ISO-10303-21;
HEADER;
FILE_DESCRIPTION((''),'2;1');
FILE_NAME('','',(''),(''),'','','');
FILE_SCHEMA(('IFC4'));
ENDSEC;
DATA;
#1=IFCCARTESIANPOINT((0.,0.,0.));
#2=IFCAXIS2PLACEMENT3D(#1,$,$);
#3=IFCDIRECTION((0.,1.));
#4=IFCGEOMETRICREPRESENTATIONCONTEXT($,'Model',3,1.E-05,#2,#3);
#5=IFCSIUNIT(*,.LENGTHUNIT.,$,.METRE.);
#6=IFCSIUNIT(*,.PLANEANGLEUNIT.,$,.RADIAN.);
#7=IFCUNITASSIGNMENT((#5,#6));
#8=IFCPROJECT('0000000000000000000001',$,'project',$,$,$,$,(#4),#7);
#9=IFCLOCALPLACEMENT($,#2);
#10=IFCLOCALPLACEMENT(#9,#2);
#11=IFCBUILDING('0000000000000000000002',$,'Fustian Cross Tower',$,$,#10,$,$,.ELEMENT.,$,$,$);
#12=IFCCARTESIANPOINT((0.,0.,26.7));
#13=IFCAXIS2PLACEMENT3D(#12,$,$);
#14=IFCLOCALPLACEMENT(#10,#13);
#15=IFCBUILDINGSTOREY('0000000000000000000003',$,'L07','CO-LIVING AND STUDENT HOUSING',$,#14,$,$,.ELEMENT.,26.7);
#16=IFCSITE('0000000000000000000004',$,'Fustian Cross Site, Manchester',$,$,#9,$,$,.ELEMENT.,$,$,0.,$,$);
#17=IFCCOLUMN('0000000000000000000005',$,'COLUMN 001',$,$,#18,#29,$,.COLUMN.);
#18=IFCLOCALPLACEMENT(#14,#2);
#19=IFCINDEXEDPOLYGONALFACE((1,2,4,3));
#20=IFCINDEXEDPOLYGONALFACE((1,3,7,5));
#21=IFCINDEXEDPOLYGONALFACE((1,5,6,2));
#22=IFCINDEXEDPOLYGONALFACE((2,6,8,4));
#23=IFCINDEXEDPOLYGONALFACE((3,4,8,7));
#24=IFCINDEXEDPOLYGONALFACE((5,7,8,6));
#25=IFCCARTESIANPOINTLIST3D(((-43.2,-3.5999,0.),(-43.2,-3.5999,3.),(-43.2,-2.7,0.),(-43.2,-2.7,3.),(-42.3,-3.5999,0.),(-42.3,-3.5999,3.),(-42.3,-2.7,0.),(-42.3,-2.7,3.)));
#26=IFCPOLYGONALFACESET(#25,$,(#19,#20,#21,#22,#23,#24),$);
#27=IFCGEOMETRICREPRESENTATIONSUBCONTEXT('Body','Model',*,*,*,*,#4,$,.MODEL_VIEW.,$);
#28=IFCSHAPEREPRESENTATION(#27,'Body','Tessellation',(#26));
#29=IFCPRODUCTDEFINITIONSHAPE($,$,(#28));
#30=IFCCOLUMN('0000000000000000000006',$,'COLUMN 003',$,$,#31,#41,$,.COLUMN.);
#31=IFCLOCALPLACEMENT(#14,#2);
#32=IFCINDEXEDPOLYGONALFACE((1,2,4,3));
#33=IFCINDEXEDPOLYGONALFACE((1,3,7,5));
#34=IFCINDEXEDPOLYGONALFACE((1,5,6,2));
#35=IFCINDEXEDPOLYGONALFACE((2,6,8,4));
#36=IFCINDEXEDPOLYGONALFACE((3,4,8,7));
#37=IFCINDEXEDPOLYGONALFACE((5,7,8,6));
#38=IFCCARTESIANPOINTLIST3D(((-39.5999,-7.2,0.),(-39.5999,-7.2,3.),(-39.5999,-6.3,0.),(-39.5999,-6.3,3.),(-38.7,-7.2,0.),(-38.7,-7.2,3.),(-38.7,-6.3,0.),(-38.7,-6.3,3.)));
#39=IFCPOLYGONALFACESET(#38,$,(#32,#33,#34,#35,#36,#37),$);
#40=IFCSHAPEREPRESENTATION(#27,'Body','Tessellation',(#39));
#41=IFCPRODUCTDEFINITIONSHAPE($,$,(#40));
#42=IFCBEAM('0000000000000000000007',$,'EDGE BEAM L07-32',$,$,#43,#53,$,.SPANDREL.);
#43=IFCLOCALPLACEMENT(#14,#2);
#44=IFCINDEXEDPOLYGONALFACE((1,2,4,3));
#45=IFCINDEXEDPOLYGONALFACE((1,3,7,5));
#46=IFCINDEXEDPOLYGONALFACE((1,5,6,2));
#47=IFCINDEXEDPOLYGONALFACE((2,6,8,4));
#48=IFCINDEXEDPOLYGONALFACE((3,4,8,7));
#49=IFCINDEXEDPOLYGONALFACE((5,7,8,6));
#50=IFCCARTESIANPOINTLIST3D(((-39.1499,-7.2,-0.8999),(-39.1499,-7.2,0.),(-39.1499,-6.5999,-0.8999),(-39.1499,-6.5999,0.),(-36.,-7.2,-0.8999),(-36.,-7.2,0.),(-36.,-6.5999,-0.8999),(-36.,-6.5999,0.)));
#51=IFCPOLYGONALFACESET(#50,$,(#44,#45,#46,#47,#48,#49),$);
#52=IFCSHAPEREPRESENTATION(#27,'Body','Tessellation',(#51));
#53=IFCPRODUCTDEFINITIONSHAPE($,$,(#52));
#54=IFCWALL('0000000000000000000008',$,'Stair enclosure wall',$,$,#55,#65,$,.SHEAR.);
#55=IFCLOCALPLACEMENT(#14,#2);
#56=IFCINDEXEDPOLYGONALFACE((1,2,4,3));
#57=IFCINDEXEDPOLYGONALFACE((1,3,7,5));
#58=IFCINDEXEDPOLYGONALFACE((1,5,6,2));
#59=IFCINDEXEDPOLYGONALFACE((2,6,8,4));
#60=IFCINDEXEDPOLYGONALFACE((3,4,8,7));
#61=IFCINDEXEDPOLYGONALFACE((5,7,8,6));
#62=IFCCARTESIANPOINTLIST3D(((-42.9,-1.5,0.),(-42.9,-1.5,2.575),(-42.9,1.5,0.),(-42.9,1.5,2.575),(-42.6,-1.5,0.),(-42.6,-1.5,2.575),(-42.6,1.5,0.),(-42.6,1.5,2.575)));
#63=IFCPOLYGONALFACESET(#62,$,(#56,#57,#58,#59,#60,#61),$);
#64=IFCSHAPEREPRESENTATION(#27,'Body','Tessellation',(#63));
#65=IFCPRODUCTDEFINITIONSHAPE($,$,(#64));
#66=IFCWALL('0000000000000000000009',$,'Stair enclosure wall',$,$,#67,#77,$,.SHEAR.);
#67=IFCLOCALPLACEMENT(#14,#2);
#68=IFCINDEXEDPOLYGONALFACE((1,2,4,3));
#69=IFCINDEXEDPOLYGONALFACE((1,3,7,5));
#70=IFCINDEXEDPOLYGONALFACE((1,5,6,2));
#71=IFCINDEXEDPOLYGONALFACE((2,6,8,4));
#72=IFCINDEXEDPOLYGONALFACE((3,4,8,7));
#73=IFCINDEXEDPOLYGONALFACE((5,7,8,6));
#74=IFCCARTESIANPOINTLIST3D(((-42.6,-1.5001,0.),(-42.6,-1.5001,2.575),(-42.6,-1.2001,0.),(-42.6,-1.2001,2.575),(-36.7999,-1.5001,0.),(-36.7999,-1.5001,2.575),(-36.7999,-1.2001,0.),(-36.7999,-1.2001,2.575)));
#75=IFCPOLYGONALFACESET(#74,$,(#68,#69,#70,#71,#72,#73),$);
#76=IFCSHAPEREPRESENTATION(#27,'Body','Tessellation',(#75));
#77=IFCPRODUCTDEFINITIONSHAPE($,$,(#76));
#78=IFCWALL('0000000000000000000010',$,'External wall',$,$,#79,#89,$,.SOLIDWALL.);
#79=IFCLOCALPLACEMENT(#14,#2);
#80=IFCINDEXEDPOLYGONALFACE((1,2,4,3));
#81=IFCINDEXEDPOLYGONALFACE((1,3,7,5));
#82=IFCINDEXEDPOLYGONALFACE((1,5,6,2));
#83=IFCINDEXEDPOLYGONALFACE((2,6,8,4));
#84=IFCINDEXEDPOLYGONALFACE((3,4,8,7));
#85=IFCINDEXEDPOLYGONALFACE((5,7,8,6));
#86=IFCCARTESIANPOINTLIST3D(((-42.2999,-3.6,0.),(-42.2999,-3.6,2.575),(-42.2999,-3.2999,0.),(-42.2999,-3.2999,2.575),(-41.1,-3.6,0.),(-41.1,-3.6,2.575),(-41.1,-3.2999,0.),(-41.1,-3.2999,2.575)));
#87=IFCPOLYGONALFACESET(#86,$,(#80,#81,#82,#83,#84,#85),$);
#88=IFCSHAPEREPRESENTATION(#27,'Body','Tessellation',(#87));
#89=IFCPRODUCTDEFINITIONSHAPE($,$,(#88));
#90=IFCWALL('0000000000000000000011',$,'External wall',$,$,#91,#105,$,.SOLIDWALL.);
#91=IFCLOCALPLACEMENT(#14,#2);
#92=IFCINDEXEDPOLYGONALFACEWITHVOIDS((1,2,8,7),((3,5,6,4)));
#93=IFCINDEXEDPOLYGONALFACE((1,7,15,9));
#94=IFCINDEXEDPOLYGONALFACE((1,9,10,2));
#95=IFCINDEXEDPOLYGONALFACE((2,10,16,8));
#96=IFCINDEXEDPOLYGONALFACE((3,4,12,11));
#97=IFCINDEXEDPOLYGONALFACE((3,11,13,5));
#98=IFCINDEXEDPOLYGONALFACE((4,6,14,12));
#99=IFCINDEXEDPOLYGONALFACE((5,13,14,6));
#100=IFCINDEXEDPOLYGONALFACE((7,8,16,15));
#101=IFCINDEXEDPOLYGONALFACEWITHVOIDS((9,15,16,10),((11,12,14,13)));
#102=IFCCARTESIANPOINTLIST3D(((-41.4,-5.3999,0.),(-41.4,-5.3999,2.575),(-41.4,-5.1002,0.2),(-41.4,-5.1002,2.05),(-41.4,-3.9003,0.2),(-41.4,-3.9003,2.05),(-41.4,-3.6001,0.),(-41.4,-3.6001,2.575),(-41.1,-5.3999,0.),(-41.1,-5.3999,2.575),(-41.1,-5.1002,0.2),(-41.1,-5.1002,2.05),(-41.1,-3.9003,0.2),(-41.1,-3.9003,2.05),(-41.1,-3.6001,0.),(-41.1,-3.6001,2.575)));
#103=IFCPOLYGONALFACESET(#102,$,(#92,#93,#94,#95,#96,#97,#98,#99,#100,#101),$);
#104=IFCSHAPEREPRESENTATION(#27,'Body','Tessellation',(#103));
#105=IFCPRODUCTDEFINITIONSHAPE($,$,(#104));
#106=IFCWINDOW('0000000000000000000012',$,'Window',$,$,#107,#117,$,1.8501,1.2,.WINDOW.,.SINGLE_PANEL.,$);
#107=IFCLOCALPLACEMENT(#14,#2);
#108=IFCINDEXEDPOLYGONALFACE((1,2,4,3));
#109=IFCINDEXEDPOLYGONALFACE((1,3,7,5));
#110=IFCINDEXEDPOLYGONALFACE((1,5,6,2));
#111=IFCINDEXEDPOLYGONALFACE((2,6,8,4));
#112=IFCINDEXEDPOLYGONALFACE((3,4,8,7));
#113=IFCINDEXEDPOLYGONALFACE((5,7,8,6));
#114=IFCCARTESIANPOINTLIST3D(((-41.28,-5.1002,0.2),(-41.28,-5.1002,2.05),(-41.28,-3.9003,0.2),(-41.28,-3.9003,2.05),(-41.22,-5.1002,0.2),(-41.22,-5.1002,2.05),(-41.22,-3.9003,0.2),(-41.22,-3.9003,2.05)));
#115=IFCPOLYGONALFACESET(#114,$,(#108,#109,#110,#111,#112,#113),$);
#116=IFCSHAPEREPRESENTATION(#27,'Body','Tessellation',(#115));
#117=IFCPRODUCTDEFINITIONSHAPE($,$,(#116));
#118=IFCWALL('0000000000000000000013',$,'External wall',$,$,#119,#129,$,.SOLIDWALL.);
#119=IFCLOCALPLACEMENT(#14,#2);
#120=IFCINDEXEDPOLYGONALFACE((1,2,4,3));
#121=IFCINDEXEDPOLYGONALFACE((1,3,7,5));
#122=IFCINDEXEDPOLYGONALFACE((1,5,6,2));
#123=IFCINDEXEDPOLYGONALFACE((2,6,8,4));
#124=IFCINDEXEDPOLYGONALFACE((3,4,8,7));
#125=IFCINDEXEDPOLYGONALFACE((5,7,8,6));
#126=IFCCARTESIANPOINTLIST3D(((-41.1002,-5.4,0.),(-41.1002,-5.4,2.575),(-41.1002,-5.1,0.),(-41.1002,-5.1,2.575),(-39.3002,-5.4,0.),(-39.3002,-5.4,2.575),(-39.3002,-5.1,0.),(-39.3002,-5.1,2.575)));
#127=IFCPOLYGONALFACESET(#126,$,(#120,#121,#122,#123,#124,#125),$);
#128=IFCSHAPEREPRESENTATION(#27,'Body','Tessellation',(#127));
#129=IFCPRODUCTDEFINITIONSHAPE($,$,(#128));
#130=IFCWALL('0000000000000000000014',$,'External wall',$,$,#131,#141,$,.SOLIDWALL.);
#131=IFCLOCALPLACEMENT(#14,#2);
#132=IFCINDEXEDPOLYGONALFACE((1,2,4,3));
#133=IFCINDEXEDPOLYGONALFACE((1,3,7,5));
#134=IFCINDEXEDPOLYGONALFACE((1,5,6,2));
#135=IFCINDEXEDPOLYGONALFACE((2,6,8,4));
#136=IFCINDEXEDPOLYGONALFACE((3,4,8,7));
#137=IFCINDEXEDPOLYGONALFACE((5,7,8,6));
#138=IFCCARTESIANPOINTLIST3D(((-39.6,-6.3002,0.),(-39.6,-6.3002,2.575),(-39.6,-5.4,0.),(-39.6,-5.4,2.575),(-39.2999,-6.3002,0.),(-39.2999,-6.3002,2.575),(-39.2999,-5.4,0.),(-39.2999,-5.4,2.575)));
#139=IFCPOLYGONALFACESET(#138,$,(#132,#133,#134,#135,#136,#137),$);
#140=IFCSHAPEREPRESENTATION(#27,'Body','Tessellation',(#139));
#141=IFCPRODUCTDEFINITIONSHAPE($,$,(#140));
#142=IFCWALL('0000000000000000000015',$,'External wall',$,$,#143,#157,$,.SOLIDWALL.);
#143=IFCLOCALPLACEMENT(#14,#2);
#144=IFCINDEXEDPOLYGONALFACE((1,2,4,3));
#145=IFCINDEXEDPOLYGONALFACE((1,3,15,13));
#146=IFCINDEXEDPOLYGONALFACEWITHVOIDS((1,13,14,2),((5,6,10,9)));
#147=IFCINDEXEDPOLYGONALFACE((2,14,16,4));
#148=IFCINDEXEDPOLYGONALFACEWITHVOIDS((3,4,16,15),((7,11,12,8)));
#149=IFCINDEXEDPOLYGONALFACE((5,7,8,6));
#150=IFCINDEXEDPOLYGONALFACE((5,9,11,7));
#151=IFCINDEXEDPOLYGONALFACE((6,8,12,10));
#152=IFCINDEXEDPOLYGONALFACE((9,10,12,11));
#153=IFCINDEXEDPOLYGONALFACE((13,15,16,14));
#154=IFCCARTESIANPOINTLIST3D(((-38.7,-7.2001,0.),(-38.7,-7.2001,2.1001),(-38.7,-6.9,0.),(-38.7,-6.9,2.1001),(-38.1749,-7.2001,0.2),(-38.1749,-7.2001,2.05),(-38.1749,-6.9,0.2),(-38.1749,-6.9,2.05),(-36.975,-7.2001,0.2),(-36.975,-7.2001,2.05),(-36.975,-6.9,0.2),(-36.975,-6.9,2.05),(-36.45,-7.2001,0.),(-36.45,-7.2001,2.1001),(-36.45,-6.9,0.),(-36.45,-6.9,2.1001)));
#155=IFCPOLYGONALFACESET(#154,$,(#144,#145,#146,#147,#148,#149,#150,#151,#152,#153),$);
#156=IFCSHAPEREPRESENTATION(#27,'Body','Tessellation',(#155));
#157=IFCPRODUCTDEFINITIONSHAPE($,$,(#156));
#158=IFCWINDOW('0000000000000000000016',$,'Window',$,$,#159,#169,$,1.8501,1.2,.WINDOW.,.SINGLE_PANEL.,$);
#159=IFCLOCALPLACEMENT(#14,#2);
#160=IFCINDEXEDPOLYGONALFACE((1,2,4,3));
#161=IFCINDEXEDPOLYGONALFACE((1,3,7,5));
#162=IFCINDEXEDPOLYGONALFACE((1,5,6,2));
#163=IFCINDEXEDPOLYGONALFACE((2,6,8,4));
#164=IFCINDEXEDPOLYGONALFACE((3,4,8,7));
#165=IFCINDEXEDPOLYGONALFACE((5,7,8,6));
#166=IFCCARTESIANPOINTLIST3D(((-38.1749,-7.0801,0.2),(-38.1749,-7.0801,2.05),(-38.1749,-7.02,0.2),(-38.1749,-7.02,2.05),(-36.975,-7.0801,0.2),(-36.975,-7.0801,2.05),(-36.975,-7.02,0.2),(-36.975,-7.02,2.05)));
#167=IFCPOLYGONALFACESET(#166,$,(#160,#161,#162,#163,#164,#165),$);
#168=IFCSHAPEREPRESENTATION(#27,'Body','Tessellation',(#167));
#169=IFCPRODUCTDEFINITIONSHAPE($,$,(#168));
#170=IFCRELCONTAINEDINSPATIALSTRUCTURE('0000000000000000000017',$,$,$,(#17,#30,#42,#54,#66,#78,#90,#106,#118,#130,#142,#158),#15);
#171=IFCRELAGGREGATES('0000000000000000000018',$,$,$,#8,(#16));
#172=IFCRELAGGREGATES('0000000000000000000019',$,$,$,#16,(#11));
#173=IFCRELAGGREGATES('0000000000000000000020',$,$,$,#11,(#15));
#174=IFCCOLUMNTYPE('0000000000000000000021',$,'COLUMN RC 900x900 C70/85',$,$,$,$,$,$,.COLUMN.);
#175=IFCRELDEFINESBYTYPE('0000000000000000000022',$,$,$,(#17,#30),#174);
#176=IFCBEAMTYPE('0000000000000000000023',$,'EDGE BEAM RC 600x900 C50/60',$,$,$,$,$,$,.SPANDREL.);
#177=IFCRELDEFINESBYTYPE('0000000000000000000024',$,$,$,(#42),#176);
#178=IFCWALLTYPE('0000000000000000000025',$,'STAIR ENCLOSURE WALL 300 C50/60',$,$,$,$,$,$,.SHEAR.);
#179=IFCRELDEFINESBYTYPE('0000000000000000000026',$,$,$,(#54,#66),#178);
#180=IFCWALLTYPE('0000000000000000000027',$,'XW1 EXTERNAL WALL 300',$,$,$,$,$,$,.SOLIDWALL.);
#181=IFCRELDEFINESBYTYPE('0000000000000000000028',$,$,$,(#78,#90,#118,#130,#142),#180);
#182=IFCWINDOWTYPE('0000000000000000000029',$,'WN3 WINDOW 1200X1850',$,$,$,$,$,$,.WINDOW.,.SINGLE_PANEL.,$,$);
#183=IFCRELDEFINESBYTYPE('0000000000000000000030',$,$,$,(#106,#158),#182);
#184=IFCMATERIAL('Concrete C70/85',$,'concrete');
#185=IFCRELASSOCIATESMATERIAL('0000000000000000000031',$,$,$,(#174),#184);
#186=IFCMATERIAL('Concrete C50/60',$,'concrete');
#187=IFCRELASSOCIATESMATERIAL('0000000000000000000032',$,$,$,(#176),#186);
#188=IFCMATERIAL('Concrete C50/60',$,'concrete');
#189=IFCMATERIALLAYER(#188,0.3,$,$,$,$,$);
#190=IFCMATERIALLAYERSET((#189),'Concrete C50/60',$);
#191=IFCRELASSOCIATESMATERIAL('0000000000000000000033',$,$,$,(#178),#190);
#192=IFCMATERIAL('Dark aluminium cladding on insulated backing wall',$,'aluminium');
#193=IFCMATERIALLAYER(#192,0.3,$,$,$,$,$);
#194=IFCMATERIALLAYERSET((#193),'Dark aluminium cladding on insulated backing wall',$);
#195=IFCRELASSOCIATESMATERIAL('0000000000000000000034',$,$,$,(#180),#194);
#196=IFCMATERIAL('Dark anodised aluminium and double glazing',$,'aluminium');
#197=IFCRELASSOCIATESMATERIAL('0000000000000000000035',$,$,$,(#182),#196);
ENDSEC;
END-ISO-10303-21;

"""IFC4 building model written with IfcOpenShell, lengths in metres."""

from ifc_helpers import new_model, si_unit, direction, frame, frame_2d, origin, origin_2d, place, context, subcontext, project, spatial, rectangle, extrude, material, layer, layer_set, material_profile, profile_set, type_object, element, fill, save


model = new_model("IFC4")

# Units and contexts
model_context = context("Model", 3, precision=1e-05, world=origin(), true_north=direction((0.0, 1.0)))
body_context = subcontext(model_context, "Body", "Model", "MODEL_VIEW")
ifc_project = project(units=[si_unit("LENGTHUNIT", "METRE"), si_unit("PLANEANGLEUNIT", "RADIAN")], contexts=[model_context])

# Site, building, storey
site_placement = place(None, origin())
site = spatial("IfcSite", under=ifc_project, at=site_placement, Name="Fustian Cross Site, Manchester", CompositionType="ELEMENT", RefElevation=0.0)
building_placement = place(site_placement, origin())
building = spatial("IfcBuilding", under=site, at=building_placement, Name="Fustian Cross Tower", CompositionType="ELEMENT")
storey_placement = place(building_placement, frame((0.0, 0.0, 26.7)))
storey = spatial("IfcBuildingStorey", under=building, at=storey_placement, Name="L07", Description="CO-LIVING AND STUDENT HOUSING", CompositionType="ELEMENT", Elevation=26.7)

# Columns
ifc_material_1 = material(Name="Concrete C70/85", Category="concrete")
ifc_material_profile_1 = material_profile(ifc_material_1, rectangle(XDim=0.8999, YDim=0.8999, at=origin_2d()), Name="RC 900x900")
ifc_profile_set_1 = profile_set([ifc_material_profile_1], Name="Concrete C70/85")
column_type = type_object("IfcColumnType", Name="COLUMN RC 900x900 C70/85", PredefinedType="COLUMN", material=ifc_profile_set_1)
for number, where, z_axis, x_axis, name in (
    (1, (-42.75, -3.1499, 0.0), (0.0, 0.0, 1.0), (1.0, 0.0, 0.0), "COLUMN 001"),
    (2, (-39.1499, -6.75, 0.0), (0.0, 0.0, 1.0), (1.0, 0.0, 0.0), "COLUMN 003"),
):
    element("IfcColumn", number, at=place(storey_placement, frame(where, z_axis=z_axis, x_axis=x_axis)), inside=storey, type_object=column_type, Name=name, PredefinedType="COLUMN", context=body_context, shape_type="SweptSolid", body=[
        extrude(rectangle(XDim=0.8999, YDim=0.8999, at=origin_2d()), origin(), (0.0, 0.0, 1.0), 3.0),
    ])

# Beam
ifc_material_2 = material(Name="Concrete C50/60", Category="concrete")
ifc_material_profile_2 = material_profile(ifc_material_2, rectangle(XDim=0.6001, YDim=0.8999, at=origin_2d()), Name="RC 600x900")
ifc_profile_set_2 = profile_set([ifc_material_profile_2], Name="Concrete C50/60")
beam_type = type_object("IfcBeamType", Name="EDGE BEAM RC 600x900 C50/60", PredefinedType="SPANDREL", material=ifc_profile_set_2)
beam_placement = place(storey_placement, frame((-39.1499, -6.8999, -0.45), z_axis=(1.0, 0.0, 0.0), x_axis=(0.0, 1.0, 0.0)))
element("IfcBeam", 3, at=beam_placement, inside=storey, type_object=beam_type, Name="EDGE BEAM L07-32", PredefinedType="SPANDREL", context=body_context, shape_type="SweptSolid", body=[
    extrude(rectangle(XDim=0.6001, YDim=0.8999, at=origin_2d()), origin(), (0.0, 0.0, 1.0), 3.1499),
])

# Walls
ifc_material_3 = material(Name="Concrete C50/60", Category="concrete")
ifc_layer_1 = layer(ifc_material_3, 0.3)
ifc_layer_set_1 = layer_set([ifc_layer_1], Name="Concrete C50/60")
wall_type_1 = type_object("IfcWallType", Name="STAIR ENCLOSURE WALL 300 C50/60", PredefinedType="SHEAR", material=ifc_layer_set_1)
wall_1_placement = place(storey_placement, frame((-42.75, -1.5, 0.0), z_axis=(0.0, 0.0, 1.0), x_axis=(0.0, 1.0, 0.0)))
element("IfcWall", 4, at=wall_1_placement, inside=storey, type_object=wall_type_1, Name="Stair enclosure wall", PredefinedType="SHEAR", context=body_context, shape_type="SweptSolid", body=[
    extrude(rectangle(XDim=3.0, YDim=0.3, at=frame_2d((1.5, 0.0))), origin(), (0.0, 0.0, 1.0), 2.575),
])
wall_2_placement = place(storey_placement, frame((-36.8, -1.3501, 0.0), z_axis=(0.0, 0.0, 1.0), x_axis=(-1.0, 0.0, 0.0)))
element("IfcWall", 5, at=wall_2_placement, inside=storey, type_object=wall_type_1, Name="Stair enclosure wall", PredefinedType="SHEAR", context=body_context, shape_type="SweptSolid", body=[
    extrude(rectangle(XDim=5.8, YDim=0.3, at=frame_2d((2.8999, 0.0))), origin(), (0.0, 0.0, 1.0), 2.575),
])
ifc_material_4 = material(Name="Dark aluminium cladding on insulated backing wall", Category="aluminium")
ifc_layer_2 = layer(ifc_material_4, 0.3)
ifc_layer_set_2 = layer_set([ifc_layer_2], Name="Dark aluminium cladding on insulated backing wall")
wall_type_2 = type_object("IfcWallType", Name="XW1 EXTERNAL WALL 300", PredefinedType="SOLIDWALL", material=ifc_layer_set_2)
wall_3_placement = place(storey_placement, frame((-42.3, -3.45, 0.0), z_axis=(0.0, 0.0, 1.0), x_axis=(1.0, 0.0, 0.0)))
element("IfcWall", 6, at=wall_3_placement, inside=storey, type_object=wall_type_2, Name="External wall", PredefinedType="SOLIDWALL", context=body_context, shape_type="SweptSolid", body=[
    extrude(rectangle(XDim=1.2, YDim=0.3, at=frame_2d((0.6001, 0.0))), origin(), (0.0, 0.0, 1.0), 2.575),
])

# Wall, opening, window
wall_4_placement = place(storey_placement, frame((-41.25, -3.6001, 0.0), z_axis=(0.0, 0.0, 1.0), x_axis=(0.0, -1.0, 0.0)))
wall_4 = element("IfcWall", 7, at=wall_4_placement, inside=storey, type_object=wall_type_2, Name="External wall", PredefinedType="SOLIDWALL", context=body_context, shape_type="SweptSolid", body=[
    extrude(rectangle(XDim=1.7998, YDim=0.3, at=frame_2d((0.8999, 0.0))), origin(), (0.0, 0.0, 1.0), 2.575),
])
opening_1_placement = place(wall_4_placement, frame((0.3, 0.0, 0.2)))
opening_1 = element("IfcOpeningElement", 8, at=opening_1_placement, cuts=wall_4, PredefinedType="OPENING", context=body_context, shape_type="SweptSolid", body=[
    extrude(rectangle(XDim=1.2, YDim=1.8501, at=frame_2d((0.6001, 0.925))), frame((0.0, 0.1599, 0.0), z_axis=(0.0, -1.0, 0.0), x_axis=(1.0, 0.0, 0.0)), (0.0, 0.0, 1.0), 0.3201),
])
ifc_material_5 = material(Name="Dark anodised aluminium and double glazing", Category="aluminium")
window_type = type_object("IfcWindowType", Name="WN3 WINDOW 1200X1850", PartitioningType="SINGLE_PANEL", PredefinedType="WINDOW", material=ifc_material_5)
window_1_placement = place(opening_1_placement, origin())
window_1 = element("IfcWindow", 9, at=window_1_placement, inside=storey, type_object=window_type, Name="Window", OverallHeight=1.8501, OverallWidth=1.2, PartitioningType="SINGLE_PANEL", PredefinedType="WINDOW", context=body_context, shape_type="SweptSolid", body=[
    extrude(rectangle(XDim=1.2, YDim=1.8501, at=frame_2d((0.6001, 0.925))), frame((0.0, 0.03, 0.0), z_axis=(0.0, -1.0, 0.0), x_axis=(1.0, 0.0, 0.0)), (0.0, 0.0, 1.0), 0.0601),
])
fill(opening_1, window_1)

# Walls
wall_5_placement = place(storey_placement, frame((-41.1001, -5.25, 0.0), z_axis=(0.0, 0.0, 1.0), x_axis=(1.0, 0.0, 0.0)))
element("IfcWall", 10, at=wall_5_placement, inside=storey, type_object=wall_type_2, Name="External wall", PredefinedType="SOLIDWALL", context=body_context, shape_type="SweptSolid", body=[
    extrude(rectangle(XDim=1.8, YDim=0.3, at=frame_2d((0.8999, 0.0))), origin(), (0.0, 0.0, 1.0), 2.575),
])
wall_6_placement = place(storey_placement, frame((-39.45, -5.3999, 0.0), z_axis=(0.0, 0.0, 1.0), x_axis=(0.0, -1.0, 0.0)))
element("IfcWall", 11, at=wall_6_placement, inside=storey, type_object=wall_type_2, Name="External wall", PredefinedType="SOLIDWALL", context=body_context, shape_type="SweptSolid", body=[
    extrude(rectangle(XDim=0.9001, YDim=0.3, at=frame_2d((0.4502, 0.0))), origin(), (0.0, 0.0, 1.0), 2.575),
])

# Wall, opening, window
wall_7_placement = place(storey_placement, frame((-38.7, -7.05, 0.0), z_axis=(0.0, 0.0, 1.0), x_axis=(1.0, 0.0, 0.0)))
wall_7 = element("IfcWall", 12, at=wall_7_placement, inside=storey, type_object=wall_type_2, Name="External wall", PredefinedType="SOLIDWALL", context=body_context, shape_type="SweptSolid", body=[
    extrude(rectangle(XDim=2.25, YDim=0.3, at=frame_2d((1.125, 0.0))), origin(), (0.0, 0.0, 1.0), 2.1001),
])
opening_2_placement = place(wall_7_placement, frame((0.5249, 0.0, 0.2)))
opening_2 = element("IfcOpeningElement", 13, at=opening_2_placement, cuts=wall_7, PredefinedType="OPENING", context=body_context, shape_type="SweptSolid", body=[
    extrude(rectangle(XDim=1.2, YDim=1.8501, at=frame_2d((0.6001, 0.925))), frame((0.0, 0.1599, 0.0), z_axis=(0.0, -1.0, 0.0), x_axis=(1.0, 0.0, 0.0)), (0.0, 0.0, 1.0), 0.3201),
])
window_2_placement = place(opening_2_placement, origin())
window_2 = element("IfcWindow", 14, at=window_2_placement, inside=storey, type_object=window_type, Name="Window", OverallHeight=1.8501, OverallWidth=1.2, PartitioningType="SINGLE_PANEL", PredefinedType="WINDOW", context=body_context, shape_type="SweptSolid", body=[
    extrude(rectangle(XDim=1.2, YDim=1.8501, at=frame_2d((0.6001, 0.925))), frame((0.0, 0.03, 0.0), z_axis=(0.0, -1.0, 0.0), x_axis=(1.0, 0.0, 0.0)), (0.0, 0.0, 1.0), 0.0601),
])
fill(opening_2, window_2)

save(model, "model.ifc")
